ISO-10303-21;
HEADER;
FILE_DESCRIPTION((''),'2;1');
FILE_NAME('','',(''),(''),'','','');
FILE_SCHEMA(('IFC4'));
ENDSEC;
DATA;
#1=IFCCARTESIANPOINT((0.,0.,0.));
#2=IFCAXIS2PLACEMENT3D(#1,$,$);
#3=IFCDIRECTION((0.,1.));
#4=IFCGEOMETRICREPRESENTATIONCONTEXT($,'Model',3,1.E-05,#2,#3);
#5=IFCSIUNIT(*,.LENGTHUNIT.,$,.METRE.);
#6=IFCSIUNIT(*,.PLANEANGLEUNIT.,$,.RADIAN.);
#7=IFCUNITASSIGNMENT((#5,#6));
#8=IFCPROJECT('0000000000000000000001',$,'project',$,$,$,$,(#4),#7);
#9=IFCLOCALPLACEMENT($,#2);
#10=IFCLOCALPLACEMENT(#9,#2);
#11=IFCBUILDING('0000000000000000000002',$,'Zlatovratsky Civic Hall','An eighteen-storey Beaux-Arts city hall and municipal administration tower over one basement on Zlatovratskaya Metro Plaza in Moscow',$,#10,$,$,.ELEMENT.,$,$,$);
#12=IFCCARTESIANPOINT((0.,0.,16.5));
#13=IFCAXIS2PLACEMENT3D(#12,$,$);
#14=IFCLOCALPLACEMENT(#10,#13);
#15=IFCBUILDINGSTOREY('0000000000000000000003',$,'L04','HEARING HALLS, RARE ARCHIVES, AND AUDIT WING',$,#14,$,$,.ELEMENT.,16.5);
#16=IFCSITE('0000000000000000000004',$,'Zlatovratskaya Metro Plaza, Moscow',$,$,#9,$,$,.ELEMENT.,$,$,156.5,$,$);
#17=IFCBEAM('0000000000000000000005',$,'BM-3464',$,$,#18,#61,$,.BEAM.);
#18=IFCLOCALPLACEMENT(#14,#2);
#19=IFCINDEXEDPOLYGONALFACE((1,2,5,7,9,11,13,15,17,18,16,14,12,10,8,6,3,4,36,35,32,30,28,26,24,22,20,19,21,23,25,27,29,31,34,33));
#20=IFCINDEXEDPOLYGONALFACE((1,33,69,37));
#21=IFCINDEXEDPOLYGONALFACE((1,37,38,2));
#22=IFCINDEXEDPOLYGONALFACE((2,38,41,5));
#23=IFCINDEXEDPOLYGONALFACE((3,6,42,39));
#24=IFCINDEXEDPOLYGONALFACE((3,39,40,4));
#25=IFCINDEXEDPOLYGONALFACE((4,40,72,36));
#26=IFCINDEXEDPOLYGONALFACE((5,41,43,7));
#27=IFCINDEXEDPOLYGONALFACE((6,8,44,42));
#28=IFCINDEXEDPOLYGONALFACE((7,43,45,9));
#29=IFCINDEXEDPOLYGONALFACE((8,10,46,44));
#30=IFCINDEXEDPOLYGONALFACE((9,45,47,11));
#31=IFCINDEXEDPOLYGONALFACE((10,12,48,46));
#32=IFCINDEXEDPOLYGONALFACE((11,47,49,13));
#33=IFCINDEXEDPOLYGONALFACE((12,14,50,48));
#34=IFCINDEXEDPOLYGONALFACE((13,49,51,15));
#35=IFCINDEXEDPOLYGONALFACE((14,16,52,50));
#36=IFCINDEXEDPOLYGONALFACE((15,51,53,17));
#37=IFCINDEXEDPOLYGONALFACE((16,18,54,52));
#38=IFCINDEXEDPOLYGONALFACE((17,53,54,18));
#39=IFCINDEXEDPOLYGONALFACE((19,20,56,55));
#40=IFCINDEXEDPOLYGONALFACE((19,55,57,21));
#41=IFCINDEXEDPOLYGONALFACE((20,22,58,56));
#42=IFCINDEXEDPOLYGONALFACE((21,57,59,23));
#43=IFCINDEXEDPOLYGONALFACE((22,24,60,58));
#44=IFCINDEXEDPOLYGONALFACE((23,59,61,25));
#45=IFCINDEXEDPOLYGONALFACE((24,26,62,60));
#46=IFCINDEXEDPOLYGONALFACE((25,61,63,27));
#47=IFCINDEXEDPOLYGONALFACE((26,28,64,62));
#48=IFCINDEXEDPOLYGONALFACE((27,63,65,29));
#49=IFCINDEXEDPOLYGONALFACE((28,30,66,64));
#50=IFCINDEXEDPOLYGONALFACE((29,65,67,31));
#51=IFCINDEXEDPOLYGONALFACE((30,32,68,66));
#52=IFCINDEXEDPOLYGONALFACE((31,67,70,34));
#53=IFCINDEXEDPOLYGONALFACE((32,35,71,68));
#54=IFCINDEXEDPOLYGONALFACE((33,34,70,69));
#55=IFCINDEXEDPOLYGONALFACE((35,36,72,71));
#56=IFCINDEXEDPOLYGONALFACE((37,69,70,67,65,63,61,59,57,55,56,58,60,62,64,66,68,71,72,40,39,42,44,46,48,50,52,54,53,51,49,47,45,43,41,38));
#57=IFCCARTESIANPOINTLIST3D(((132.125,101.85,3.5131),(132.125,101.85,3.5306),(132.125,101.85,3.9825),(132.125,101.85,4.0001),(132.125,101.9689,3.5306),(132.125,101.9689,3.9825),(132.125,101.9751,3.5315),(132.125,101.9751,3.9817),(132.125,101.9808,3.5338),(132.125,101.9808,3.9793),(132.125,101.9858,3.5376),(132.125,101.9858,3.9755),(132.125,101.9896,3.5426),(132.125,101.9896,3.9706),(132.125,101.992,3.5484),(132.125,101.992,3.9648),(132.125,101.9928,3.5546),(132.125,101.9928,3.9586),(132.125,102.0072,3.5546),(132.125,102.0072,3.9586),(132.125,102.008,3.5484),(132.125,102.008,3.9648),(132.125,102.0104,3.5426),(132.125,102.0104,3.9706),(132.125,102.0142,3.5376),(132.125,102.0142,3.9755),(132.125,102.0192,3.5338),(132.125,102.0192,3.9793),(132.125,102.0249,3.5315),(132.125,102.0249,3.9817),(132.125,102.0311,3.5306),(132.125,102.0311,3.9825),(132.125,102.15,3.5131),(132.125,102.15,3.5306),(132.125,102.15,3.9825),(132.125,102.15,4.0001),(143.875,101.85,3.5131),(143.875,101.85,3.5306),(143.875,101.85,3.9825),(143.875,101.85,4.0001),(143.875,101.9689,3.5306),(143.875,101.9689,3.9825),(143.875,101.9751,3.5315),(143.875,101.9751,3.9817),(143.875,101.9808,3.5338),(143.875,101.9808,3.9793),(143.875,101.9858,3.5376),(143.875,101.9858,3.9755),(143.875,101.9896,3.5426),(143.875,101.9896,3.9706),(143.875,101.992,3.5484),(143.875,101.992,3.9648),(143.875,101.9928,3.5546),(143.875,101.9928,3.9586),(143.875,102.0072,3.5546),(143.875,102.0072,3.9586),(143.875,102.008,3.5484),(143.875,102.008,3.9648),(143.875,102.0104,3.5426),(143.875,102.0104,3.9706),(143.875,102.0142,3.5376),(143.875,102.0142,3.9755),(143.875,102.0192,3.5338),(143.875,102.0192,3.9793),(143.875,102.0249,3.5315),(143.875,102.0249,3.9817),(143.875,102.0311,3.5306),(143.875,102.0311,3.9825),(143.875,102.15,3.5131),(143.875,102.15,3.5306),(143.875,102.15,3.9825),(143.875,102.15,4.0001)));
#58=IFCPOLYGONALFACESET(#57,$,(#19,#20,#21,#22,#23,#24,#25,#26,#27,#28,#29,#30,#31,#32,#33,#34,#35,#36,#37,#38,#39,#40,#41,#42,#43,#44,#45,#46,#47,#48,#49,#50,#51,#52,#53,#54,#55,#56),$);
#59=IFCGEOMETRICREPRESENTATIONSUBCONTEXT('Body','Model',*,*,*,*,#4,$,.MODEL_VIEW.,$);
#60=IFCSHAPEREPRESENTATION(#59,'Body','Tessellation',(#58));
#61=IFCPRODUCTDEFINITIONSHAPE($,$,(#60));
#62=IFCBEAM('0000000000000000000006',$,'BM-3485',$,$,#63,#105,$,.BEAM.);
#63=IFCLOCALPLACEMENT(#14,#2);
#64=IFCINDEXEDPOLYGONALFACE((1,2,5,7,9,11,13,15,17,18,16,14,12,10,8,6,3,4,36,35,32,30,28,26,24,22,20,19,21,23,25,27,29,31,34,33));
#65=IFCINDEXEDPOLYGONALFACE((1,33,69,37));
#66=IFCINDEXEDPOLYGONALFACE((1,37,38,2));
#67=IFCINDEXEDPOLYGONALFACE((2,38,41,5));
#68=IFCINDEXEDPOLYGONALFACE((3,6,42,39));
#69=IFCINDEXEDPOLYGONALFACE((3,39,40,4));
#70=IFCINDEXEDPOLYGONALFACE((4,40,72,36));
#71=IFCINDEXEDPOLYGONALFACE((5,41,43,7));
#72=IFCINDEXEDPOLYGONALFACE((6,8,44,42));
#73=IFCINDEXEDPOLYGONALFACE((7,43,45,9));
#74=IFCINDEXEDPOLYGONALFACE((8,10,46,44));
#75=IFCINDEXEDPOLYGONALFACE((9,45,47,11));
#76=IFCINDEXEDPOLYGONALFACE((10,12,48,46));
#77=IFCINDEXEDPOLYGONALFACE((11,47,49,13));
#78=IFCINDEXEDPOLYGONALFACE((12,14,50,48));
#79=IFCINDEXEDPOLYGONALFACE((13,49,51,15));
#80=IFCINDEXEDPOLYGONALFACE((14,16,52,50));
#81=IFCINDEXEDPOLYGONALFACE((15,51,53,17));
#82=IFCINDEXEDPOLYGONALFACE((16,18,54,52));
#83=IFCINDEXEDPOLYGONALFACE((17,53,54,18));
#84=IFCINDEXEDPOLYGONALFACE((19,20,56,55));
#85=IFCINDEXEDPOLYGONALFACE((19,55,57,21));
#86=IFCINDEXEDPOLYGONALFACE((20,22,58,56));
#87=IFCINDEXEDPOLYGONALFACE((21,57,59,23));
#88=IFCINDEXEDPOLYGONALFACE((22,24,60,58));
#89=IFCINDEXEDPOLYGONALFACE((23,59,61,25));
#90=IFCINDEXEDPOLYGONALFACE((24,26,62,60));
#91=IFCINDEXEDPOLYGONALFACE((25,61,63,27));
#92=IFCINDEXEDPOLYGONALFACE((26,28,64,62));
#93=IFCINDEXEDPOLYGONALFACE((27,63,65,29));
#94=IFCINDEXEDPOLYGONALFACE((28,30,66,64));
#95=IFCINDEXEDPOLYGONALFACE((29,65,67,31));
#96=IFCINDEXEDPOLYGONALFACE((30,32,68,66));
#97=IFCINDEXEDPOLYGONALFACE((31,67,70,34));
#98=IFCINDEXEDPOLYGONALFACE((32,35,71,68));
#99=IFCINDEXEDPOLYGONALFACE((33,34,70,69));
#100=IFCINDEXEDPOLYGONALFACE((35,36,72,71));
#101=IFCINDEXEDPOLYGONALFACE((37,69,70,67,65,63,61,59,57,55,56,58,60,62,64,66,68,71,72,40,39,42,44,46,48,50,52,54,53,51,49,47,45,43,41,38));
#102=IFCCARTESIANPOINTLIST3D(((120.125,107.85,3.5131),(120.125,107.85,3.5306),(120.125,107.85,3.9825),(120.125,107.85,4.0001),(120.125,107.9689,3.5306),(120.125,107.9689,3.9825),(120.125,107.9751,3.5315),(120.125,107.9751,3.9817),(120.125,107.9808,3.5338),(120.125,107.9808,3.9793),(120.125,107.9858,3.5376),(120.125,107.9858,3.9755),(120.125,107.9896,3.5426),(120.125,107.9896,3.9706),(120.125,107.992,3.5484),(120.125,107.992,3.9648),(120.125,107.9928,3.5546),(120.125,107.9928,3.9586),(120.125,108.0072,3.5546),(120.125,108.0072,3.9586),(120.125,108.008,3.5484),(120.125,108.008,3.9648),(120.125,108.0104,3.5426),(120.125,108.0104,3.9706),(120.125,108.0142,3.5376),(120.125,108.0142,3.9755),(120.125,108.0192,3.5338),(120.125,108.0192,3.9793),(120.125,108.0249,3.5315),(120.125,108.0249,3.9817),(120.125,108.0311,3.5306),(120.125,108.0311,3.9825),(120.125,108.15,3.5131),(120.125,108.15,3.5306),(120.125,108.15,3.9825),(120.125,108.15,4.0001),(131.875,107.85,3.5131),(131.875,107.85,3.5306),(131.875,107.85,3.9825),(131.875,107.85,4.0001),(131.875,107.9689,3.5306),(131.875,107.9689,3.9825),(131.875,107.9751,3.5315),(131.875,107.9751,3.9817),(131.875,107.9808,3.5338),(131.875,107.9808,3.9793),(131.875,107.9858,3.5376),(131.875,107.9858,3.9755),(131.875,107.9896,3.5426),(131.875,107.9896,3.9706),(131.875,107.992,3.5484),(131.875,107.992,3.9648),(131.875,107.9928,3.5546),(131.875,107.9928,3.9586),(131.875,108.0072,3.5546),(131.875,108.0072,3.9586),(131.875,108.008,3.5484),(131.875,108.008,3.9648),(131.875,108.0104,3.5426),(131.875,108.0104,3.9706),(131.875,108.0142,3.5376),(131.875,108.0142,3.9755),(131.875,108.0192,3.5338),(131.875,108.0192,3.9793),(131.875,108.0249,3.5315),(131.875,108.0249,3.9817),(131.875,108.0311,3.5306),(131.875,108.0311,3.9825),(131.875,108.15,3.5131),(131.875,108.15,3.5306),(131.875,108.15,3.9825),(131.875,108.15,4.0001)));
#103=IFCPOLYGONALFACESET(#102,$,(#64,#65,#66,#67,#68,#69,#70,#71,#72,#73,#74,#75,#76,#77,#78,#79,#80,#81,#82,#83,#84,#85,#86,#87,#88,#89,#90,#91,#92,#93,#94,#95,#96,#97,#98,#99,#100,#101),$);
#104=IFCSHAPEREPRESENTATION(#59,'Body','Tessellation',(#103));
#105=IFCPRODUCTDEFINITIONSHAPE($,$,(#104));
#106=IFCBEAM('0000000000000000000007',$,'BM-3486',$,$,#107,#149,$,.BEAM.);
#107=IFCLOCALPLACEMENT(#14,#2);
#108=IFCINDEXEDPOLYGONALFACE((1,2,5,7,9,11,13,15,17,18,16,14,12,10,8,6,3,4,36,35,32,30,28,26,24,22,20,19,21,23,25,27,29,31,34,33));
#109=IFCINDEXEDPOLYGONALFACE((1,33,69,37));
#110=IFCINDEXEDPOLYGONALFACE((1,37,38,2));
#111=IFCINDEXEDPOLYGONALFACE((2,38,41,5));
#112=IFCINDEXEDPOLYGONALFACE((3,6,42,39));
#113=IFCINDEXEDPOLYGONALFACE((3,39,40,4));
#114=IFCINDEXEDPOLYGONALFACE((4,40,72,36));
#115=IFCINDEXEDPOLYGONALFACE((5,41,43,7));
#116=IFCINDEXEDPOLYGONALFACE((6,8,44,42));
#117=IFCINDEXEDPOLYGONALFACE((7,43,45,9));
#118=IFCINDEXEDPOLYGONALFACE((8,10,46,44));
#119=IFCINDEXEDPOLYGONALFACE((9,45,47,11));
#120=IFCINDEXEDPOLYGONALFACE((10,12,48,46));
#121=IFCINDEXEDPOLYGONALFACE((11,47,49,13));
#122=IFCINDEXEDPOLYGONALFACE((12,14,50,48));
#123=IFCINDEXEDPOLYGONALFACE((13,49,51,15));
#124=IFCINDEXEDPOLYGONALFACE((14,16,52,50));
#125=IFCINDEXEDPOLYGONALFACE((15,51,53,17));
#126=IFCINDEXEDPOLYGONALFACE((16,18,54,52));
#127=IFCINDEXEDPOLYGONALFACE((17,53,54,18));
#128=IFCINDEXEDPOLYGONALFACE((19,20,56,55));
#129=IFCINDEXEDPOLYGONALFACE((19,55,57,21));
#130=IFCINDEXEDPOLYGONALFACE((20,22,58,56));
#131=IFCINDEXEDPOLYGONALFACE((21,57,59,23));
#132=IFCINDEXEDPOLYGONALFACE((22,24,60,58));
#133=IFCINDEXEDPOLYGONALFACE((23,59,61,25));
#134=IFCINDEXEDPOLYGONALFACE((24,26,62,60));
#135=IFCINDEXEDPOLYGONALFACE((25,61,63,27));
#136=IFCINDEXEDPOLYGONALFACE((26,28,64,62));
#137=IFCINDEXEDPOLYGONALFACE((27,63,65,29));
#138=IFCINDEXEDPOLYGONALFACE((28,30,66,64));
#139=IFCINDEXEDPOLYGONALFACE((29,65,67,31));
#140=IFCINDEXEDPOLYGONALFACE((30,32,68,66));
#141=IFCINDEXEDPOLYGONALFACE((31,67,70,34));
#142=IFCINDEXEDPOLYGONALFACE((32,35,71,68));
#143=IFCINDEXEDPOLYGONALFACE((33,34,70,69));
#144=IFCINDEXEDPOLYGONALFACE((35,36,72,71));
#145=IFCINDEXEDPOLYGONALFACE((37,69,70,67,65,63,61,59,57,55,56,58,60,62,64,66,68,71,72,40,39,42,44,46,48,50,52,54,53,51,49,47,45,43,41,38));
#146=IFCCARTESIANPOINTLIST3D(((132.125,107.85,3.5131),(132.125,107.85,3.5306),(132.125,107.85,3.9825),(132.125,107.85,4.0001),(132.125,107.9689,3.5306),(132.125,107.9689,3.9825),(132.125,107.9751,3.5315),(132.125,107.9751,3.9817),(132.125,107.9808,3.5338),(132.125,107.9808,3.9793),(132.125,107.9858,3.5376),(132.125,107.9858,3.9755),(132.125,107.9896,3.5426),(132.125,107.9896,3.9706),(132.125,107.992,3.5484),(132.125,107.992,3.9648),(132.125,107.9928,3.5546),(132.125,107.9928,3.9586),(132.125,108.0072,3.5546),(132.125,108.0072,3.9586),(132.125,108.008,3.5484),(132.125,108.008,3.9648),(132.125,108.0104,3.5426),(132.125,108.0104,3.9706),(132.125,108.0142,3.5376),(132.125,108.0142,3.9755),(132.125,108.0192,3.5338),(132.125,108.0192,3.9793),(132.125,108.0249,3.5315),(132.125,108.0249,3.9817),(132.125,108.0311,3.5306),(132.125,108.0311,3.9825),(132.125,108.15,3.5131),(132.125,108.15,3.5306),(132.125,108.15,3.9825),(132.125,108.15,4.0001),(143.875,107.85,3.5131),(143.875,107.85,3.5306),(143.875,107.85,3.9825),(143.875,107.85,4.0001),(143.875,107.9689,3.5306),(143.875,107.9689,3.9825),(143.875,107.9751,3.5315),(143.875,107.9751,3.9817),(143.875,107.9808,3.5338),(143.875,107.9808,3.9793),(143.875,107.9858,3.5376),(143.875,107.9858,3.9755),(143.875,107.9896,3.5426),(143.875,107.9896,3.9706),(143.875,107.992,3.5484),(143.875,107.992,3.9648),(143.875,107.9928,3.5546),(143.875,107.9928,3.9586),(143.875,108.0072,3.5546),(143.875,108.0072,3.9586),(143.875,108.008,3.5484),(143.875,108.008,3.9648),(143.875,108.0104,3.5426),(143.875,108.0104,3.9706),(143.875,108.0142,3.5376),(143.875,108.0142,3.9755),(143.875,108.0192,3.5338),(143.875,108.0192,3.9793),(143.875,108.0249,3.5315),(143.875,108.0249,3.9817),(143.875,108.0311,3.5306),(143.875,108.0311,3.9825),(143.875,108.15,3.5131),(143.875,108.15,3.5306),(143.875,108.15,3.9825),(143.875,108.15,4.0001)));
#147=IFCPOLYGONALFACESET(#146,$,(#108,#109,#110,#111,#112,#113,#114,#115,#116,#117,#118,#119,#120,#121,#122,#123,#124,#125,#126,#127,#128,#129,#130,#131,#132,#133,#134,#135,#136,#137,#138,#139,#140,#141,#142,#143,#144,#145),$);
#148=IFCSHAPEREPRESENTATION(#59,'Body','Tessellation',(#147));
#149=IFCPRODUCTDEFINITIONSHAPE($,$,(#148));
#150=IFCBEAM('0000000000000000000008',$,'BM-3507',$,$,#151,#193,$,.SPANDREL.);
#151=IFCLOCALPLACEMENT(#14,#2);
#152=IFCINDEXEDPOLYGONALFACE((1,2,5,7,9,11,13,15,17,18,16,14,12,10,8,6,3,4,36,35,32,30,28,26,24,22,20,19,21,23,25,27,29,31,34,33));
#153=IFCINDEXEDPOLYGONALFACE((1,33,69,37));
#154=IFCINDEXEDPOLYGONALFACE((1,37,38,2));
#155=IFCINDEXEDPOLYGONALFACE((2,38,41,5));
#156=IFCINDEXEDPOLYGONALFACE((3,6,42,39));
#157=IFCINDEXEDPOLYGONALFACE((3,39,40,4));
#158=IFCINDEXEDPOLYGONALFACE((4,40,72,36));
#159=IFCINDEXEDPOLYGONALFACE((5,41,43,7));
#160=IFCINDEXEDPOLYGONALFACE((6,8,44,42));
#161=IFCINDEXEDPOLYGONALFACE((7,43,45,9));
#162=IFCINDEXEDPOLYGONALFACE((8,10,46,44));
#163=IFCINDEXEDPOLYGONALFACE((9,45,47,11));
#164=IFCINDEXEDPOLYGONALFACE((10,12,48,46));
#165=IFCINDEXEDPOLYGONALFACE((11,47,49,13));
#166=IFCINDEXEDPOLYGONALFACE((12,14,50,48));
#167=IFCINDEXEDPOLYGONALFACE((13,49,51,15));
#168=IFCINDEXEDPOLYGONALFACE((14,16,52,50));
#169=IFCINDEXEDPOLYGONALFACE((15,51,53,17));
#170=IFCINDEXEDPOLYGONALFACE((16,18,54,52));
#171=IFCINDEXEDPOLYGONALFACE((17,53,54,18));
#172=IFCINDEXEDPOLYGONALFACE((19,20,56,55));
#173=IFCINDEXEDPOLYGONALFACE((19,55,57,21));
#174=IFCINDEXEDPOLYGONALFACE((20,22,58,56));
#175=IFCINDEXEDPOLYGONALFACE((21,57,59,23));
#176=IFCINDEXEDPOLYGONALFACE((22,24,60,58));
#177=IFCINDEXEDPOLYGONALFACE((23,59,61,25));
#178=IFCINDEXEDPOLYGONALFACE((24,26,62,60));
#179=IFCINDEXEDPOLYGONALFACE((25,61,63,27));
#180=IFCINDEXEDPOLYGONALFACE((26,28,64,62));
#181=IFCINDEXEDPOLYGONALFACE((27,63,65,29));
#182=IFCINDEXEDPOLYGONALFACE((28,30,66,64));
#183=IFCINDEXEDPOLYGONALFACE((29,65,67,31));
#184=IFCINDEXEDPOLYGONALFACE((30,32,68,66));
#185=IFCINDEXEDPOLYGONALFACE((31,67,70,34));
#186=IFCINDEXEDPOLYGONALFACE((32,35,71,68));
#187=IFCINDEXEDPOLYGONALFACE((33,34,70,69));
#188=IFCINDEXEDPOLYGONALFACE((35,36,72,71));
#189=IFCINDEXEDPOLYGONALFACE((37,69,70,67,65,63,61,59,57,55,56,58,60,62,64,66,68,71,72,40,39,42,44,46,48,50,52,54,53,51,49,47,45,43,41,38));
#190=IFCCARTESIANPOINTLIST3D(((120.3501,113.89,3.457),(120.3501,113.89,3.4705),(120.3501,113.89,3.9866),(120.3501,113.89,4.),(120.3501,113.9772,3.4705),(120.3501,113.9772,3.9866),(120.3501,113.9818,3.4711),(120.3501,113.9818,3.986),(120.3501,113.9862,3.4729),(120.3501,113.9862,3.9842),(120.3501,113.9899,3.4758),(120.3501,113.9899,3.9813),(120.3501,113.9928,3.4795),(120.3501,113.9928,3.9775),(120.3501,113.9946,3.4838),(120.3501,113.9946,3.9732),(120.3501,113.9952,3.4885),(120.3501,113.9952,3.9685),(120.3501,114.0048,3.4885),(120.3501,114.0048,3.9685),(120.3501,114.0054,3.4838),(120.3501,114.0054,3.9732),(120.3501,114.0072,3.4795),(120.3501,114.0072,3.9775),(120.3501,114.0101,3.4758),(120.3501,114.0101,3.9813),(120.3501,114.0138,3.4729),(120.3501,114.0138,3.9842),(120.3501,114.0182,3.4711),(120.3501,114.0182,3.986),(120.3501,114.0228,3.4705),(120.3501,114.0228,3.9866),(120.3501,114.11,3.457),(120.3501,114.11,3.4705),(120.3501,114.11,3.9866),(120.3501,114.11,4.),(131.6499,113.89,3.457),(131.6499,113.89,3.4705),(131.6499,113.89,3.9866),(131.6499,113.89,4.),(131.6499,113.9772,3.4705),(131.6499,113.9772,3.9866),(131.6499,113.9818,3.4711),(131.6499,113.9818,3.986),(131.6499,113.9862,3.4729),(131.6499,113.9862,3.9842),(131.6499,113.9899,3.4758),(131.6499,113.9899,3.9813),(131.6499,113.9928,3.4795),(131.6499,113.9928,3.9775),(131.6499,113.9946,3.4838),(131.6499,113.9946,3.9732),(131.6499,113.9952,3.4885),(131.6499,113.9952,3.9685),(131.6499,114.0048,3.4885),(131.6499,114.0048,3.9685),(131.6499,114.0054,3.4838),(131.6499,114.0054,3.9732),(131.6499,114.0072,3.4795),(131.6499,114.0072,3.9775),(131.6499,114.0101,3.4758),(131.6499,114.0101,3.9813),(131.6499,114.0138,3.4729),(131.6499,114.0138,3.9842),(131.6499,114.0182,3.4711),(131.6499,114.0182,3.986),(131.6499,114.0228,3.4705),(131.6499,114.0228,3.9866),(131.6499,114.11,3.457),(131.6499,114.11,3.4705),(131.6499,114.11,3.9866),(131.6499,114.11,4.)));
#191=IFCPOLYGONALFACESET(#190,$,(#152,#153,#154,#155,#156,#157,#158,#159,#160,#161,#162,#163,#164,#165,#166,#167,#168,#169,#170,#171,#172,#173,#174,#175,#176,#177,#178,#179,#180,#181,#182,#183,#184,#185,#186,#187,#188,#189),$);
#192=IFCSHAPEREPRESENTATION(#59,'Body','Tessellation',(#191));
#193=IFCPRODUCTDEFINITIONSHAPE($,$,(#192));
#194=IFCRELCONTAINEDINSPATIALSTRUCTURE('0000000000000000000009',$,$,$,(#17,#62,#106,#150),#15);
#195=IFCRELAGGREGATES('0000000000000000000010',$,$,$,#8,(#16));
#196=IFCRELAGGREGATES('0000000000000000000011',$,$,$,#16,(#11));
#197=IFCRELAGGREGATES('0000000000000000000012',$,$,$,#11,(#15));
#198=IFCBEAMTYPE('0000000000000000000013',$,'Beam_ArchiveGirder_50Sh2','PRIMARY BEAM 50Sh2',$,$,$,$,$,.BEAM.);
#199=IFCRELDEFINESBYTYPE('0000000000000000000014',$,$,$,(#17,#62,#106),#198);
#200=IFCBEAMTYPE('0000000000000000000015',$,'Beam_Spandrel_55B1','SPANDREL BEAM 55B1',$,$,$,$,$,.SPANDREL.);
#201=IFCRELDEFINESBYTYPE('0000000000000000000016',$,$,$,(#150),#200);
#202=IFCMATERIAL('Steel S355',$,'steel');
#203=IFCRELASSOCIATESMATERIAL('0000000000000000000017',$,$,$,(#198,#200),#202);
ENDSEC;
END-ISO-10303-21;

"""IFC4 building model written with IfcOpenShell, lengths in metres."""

from ifc_helpers import new_model, si_unit, direction, frame, origin, origin_2d, place, context, subcontext, project, spatial, i_section, extrude, material, material_profile, profile_set, type_object, element, save


model = new_model("IFC4")

# Units and contexts
model_context = context("Model", 3, precision=1e-05, world=origin(), true_north=direction((0.0, 1.0)))
body_context = subcontext(model_context, "Body", "Model", "MODEL_VIEW")
ifc_project = project(units=[si_unit("LENGTHUNIT", "METRE"), si_unit("PLANEANGLEUNIT", "RADIAN")], contexts=[model_context])

# Site, building, storey
site_placement = place(None, origin())
site = spatial("IfcSite", under=ifc_project, at=site_placement, Name="Zlatovratskaya Metro Plaza, Moscow", CompositionType="ELEMENT", RefElevation=156.5)
building_placement = place(site_placement, origin())
building = spatial("IfcBuilding", under=site, at=building_placement, Name="Zlatovratsky Civic Hall", Description="An eighteen-storey Beaux-Arts city hall and municipal administration tower over one basement on Zlatovratskaya Metro Plaza in Moscow", CompositionType="ELEMENT")
storey_placement = place(building_placement, frame((0.0, 0.0, 16.5)))
storey = spatial("IfcBuildingStorey", under=building, at=storey_placement, Name="L04", Description="HEARING HALLS, RARE ARCHIVES, AND AUDIT WING", CompositionType="ELEMENT", Elevation=16.5)

# Shared definitions
ifc_material_1 = material(Name="Steel S355", Category="steel")

# Beams
ifc_material_profile_1 = material_profile(ifc_material_1, i_section(OverallWidth=0.3, OverallDepth=0.4871, WebThickness=0.0144, FlangeThickness=0.0176, FilletRadius=0.0239, at=origin_2d()), Name="50Sh2")
ifc_profile_set_1 = profile_set([ifc_material_profile_1], Name="Steel S355")
beam_type_1 = type_object("IfcBeamType", Name="Beam_ArchiveGirder_50Sh2", Description="PRIMARY BEAM 50Sh2", PredefinedType="BEAM", material=ifc_profile_set_1)
for number, where, z_axis, x_axis, name in (
    (1, (132.125, 102.0, 3.7566), (1.0, 0.0, 0.0), (0.0, 1.0, 0.0), "BM-3464"),
    (2, (120.125, 108.0, 3.7566), (1.0, 0.0, 0.0), (0.0, 1.0, 0.0), "BM-3485"),
    (3, (132.125, 108.0, 3.7566), (1.0, 0.0, 0.0), (0.0, 1.0, 0.0), "BM-3486"),
):
    element("IfcBeam", number, at=place(storey_placement, frame(where, z_axis=z_axis, x_axis=x_axis)), inside=storey, type_object=beam_type_1, Name=name, PredefinedType="BEAM", context=body_context, shape_type="SweptSolid", body=[
        extrude(i_section(OverallWidth=0.3, OverallDepth=0.4871, WebThickness=0.0144, FlangeThickness=0.0176, FilletRadius=0.0239, at=origin_2d()), origin(), (0.0, 0.0, 1.0), 11.75),
    ])
ifc_material_profile_2 = material_profile(ifc_material_1, i_section(OverallWidth=0.22, OverallDepth=0.543, WebThickness=0.0095, FlangeThickness=0.0134, FilletRadius=0.0181, at=origin_2d()), Name="55B1")
ifc_profile_set_2 = profile_set([ifc_material_profile_2], Name="Steel S355")
beam_type_2 = type_object("IfcBeamType", Name="Beam_Spandrel_55B1", Description="SPANDREL BEAM 55B1", PredefinedType="SPANDREL", material=ifc_profile_set_2)
for number, where, z_axis, x_axis, name in (
    (4, (120.3501, 114.0, 3.7285), (1.0, 0.0, 0.0), (0.0, 1.0, 0.0), "BM-3507"),
):
    element("IfcBeam", number, at=place(storey_placement, frame(where, z_axis=z_axis, x_axis=x_axis)), inside=storey, type_object=beam_type_2, Name=name, PredefinedType="SPANDREL", context=body_context, shape_type="SweptSolid", body=[
        extrude(i_section(OverallWidth=0.22, OverallDepth=0.543, WebThickness=0.0095, FlangeThickness=0.0134, FilletRadius=0.0181, at=origin_2d()), origin(), (0.0, 0.0, 1.0), 11.2998),
    ])

save(model, "model.ifc")
